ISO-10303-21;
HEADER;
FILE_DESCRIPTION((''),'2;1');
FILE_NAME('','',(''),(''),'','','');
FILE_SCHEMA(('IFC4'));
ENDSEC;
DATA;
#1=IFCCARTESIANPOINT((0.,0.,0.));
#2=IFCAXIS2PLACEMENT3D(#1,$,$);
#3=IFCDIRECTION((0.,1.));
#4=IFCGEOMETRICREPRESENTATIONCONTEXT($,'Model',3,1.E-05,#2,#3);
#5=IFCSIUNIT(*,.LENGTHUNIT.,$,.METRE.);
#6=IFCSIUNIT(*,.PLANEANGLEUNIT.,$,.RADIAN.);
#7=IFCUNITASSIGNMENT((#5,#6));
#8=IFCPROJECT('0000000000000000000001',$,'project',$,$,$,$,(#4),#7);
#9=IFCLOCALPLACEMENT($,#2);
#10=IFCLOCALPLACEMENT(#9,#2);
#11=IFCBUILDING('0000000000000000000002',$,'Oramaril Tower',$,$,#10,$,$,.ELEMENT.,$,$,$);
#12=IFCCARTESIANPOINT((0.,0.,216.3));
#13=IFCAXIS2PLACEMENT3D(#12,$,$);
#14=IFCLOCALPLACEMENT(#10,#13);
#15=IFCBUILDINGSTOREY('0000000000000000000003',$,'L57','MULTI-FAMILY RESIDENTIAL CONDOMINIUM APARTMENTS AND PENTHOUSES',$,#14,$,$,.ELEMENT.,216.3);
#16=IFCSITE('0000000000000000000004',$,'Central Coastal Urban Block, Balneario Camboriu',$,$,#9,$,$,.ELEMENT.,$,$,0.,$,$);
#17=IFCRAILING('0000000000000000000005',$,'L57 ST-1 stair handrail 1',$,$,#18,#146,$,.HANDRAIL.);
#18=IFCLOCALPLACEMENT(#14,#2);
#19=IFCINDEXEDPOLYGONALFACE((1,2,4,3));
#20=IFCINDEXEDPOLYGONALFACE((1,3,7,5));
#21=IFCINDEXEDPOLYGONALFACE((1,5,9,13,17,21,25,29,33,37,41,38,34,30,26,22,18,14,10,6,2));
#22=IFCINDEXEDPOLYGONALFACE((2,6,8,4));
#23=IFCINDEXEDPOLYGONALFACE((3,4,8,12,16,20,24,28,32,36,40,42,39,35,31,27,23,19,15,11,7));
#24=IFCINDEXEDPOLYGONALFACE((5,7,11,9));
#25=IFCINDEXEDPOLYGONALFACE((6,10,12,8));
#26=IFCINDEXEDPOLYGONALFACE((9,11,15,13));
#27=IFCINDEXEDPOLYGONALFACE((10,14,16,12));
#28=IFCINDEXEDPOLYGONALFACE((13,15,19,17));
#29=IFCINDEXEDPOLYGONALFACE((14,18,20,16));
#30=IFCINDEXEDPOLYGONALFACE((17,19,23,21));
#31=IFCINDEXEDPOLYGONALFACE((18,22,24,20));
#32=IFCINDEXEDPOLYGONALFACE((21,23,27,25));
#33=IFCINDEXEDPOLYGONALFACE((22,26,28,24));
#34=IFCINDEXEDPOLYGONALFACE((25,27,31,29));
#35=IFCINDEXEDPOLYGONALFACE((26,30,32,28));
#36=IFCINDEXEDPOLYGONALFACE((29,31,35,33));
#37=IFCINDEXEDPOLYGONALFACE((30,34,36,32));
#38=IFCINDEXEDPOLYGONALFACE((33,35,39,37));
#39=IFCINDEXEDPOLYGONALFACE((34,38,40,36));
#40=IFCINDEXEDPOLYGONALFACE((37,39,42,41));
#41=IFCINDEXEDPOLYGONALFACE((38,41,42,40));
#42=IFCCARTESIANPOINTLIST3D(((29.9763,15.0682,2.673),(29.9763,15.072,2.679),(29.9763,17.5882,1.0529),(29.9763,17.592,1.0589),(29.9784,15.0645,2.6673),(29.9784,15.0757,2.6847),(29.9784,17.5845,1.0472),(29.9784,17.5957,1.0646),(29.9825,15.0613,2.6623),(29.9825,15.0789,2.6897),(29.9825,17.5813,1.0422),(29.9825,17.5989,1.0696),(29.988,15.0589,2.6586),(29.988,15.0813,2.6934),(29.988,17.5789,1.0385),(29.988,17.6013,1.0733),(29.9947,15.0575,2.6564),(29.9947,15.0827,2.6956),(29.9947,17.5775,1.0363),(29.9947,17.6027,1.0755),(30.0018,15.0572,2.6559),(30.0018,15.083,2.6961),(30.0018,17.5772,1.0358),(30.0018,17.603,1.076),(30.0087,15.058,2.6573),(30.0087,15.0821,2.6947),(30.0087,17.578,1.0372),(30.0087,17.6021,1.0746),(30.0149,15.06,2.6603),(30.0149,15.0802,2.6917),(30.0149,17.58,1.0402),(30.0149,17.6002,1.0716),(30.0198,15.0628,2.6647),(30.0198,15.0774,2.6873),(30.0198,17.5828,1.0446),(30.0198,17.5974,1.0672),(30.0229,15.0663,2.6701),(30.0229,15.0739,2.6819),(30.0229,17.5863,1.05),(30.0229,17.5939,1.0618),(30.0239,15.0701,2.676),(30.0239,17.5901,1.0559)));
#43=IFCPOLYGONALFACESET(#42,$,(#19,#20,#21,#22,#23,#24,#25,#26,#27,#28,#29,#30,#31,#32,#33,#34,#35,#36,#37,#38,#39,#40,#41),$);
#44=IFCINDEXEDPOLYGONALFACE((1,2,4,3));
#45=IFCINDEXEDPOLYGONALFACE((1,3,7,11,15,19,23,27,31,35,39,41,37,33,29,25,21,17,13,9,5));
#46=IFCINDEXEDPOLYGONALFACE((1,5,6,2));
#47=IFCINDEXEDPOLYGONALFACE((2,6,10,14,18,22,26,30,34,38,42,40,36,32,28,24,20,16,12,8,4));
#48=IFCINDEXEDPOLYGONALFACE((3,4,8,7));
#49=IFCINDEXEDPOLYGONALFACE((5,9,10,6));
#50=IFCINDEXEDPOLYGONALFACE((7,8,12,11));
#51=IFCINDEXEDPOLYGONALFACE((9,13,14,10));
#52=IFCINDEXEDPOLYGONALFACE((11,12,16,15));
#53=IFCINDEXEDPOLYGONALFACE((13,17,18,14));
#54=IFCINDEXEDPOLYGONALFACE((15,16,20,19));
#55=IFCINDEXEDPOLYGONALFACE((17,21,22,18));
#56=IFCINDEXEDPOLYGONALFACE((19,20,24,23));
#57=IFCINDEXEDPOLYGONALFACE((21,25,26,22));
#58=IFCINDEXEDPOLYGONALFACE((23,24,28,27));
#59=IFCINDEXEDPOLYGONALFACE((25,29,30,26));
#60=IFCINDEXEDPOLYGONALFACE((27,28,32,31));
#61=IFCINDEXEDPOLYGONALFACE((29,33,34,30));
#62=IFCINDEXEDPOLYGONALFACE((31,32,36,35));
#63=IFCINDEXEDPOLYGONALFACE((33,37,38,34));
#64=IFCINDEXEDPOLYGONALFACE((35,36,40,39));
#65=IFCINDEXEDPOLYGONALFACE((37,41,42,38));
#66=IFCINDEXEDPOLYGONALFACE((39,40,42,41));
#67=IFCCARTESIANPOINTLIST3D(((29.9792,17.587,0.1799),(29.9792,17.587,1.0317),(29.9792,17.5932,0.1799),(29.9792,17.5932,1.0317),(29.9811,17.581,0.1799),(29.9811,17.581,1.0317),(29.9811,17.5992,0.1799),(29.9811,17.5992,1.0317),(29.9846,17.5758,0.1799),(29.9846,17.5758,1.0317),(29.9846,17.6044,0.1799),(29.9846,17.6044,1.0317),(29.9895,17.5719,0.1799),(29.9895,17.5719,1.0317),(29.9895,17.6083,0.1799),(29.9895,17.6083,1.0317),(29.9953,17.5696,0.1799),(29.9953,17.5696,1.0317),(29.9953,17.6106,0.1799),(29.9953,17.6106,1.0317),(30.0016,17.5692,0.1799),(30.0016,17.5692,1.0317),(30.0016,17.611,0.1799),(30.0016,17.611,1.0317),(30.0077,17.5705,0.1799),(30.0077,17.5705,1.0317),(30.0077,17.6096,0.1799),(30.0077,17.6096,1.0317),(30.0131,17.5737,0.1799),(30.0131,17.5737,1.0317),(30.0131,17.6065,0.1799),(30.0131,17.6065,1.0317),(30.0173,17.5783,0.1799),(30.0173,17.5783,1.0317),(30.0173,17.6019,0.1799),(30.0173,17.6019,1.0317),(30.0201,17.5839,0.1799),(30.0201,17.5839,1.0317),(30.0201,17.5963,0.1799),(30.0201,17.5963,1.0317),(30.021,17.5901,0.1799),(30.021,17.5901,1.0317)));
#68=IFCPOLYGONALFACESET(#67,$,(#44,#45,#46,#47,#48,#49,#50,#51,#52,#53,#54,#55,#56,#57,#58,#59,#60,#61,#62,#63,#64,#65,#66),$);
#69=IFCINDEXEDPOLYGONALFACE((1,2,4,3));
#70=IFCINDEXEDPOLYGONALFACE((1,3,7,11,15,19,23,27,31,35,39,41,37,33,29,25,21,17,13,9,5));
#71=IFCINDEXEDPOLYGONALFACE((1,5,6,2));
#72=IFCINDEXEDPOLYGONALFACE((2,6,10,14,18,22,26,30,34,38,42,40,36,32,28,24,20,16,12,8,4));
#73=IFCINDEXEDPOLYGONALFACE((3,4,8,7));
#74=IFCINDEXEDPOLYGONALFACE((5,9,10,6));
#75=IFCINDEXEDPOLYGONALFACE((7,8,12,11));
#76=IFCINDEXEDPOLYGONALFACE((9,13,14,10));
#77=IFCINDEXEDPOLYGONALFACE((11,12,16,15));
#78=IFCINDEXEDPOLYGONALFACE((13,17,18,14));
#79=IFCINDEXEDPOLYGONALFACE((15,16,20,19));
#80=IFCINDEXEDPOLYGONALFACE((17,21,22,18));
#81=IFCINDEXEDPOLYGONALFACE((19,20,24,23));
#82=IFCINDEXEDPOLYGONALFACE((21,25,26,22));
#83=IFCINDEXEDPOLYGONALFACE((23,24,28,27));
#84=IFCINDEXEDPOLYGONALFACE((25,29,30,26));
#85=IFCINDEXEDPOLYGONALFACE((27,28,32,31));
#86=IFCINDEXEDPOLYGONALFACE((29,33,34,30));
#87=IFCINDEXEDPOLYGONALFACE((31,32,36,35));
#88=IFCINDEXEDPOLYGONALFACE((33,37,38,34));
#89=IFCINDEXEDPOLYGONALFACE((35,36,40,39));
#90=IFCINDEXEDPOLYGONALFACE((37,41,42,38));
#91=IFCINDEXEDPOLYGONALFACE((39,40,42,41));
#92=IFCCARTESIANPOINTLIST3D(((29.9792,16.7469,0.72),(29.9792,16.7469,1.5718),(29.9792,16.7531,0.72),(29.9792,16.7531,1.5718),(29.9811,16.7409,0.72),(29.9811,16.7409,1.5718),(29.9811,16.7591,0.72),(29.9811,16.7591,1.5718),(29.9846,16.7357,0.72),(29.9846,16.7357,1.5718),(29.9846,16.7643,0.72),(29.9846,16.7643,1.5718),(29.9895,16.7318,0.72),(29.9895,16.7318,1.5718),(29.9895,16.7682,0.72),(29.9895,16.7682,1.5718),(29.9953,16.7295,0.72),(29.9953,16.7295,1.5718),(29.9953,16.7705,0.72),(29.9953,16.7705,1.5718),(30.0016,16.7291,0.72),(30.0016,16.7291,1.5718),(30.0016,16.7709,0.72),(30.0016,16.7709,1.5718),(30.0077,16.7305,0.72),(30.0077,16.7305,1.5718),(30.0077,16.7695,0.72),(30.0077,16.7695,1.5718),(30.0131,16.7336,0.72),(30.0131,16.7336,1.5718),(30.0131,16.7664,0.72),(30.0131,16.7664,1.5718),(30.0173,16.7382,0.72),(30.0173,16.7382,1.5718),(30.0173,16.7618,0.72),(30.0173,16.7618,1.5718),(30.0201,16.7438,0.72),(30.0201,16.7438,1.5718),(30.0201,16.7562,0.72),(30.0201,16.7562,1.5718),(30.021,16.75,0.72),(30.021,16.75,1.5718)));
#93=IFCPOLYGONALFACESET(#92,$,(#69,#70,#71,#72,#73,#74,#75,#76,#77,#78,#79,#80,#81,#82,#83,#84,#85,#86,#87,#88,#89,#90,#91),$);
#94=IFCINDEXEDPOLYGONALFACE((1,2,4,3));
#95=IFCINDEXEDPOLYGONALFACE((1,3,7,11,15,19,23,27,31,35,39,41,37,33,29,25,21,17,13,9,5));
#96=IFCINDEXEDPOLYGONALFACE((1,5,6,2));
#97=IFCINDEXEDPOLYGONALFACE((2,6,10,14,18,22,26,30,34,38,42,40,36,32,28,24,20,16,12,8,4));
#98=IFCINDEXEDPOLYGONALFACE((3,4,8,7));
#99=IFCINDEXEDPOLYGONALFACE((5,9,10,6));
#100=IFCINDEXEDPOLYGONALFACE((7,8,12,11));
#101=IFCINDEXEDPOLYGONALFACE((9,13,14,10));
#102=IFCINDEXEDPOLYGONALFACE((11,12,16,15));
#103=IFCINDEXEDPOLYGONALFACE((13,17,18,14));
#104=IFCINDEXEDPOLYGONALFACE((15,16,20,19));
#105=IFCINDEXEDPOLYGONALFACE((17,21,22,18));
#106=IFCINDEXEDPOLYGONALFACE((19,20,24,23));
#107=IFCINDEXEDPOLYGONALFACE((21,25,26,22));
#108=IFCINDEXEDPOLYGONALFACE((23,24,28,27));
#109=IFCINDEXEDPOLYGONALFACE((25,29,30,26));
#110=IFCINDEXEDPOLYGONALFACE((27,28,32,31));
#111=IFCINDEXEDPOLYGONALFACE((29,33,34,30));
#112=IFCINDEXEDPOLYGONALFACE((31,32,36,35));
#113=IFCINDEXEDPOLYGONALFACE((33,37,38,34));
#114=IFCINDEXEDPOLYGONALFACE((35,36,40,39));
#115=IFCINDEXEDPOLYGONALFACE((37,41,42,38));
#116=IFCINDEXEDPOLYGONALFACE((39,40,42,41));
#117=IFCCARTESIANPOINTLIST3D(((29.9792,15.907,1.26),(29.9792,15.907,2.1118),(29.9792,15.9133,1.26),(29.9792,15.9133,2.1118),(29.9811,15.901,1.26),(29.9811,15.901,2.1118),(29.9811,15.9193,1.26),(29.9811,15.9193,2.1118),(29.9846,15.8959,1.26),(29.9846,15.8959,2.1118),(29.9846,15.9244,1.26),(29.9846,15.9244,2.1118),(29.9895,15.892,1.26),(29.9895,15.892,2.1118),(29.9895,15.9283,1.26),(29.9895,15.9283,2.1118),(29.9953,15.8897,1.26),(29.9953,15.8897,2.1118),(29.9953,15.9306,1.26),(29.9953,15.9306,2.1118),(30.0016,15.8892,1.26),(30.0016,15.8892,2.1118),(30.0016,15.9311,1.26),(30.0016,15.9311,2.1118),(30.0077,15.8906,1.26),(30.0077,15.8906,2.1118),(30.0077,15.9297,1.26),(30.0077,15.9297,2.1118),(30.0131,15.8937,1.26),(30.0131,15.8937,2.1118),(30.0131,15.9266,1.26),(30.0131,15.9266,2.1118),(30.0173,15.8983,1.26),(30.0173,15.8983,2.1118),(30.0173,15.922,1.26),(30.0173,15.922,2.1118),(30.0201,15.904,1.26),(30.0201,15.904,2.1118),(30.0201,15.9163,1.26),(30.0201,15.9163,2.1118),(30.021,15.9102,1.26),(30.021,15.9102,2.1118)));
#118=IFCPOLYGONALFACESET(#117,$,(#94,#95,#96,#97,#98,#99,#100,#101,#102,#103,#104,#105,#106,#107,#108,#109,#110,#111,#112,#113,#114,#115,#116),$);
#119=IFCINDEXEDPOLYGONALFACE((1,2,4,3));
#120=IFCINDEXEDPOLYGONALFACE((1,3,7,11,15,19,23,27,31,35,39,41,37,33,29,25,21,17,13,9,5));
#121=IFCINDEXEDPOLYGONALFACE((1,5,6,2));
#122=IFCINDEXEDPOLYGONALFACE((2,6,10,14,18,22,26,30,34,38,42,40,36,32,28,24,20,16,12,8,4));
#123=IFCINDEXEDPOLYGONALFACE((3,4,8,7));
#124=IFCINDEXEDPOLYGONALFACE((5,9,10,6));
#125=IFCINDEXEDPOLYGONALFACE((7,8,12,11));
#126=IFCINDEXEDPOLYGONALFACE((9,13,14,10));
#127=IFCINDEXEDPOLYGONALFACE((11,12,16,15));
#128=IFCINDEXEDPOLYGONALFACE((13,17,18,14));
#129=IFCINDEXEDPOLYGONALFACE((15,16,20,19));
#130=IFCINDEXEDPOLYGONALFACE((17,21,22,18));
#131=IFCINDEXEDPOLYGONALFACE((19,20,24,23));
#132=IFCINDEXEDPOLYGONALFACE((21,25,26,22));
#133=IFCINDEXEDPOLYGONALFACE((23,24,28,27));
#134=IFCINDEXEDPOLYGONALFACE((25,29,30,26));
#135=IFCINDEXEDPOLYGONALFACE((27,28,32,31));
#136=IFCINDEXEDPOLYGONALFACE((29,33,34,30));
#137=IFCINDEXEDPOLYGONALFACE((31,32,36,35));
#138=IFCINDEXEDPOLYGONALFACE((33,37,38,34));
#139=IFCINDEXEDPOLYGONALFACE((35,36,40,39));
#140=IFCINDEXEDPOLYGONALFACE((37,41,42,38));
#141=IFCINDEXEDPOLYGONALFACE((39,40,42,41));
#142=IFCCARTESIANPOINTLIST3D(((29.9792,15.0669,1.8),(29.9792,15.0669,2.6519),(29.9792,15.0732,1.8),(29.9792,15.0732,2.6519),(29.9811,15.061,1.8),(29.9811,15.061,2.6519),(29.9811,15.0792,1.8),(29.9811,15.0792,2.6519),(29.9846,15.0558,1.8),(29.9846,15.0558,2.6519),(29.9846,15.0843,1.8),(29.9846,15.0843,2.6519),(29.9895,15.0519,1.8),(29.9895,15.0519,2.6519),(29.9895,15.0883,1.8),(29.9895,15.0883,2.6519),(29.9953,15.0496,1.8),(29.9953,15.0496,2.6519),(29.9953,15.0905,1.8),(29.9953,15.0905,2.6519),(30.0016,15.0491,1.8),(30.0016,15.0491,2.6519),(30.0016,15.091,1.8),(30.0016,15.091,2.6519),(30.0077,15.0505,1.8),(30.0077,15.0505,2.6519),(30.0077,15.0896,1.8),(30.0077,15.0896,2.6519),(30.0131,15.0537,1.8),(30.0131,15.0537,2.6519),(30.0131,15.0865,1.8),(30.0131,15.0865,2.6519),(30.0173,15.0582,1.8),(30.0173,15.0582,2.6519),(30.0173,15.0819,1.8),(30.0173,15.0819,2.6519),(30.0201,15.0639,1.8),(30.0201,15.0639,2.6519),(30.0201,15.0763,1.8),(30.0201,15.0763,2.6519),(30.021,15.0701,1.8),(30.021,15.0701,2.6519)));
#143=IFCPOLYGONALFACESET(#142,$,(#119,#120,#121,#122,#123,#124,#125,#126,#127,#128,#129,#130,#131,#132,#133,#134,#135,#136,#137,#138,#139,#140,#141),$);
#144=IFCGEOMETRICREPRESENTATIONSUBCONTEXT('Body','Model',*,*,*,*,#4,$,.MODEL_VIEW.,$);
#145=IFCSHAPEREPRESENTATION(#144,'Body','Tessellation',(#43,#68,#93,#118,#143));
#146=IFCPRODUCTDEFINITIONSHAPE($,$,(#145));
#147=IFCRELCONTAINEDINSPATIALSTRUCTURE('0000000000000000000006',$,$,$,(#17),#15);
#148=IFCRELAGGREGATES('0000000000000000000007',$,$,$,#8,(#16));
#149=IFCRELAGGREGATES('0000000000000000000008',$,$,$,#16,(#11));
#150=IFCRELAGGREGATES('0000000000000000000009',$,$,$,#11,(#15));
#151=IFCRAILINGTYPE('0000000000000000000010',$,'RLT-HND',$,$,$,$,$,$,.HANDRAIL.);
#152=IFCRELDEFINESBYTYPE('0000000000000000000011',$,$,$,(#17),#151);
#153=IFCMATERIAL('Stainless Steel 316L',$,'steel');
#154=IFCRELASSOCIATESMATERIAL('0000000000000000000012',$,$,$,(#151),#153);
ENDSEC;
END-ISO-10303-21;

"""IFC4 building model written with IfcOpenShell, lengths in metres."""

from ifc_helpers import new_model, si_unit, direction, frame, origin, origin_2d, place, context, subcontext, project, spatial, circle, extrude, material, type_object, element, save


model = new_model("IFC4")

# Units and contexts
model_context = context("Model", 3, precision=1e-05, world=origin(), true_north=direction((0.0, 1.0)))
body_context = subcontext(model_context, "Body", "Model", "MODEL_VIEW")
ifc_project = project(units=[si_unit("LENGTHUNIT", "METRE"), si_unit("PLANEANGLEUNIT", "RADIAN")], contexts=[model_context])

# Site, building, storey
site_placement = place(None, origin())
site = spatial("IfcSite", under=ifc_project, at=site_placement, Name="Central Coastal Urban Block, Balneario Camboriu", CompositionType="ELEMENT", RefElevation=0.0)
building_placement = place(site_placement, origin())
building = spatial("IfcBuilding", under=site, at=building_placement, Name="Oramaril Tower", CompositionType="ELEMENT")
storey_placement = place(building_placement, frame((0.0, 0.0, 216.3)))
storey = spatial("IfcBuildingStorey", under=building, at=storey_placement, Name="L57", Description="MULTI-FAMILY RESIDENTIAL CONDOMINIUM APARTMENTS AND PENTHOUSES", CompositionType="ELEMENT", Elevation=216.3)

# Railing
ifc_material_1 = material(Name="Stainless Steel 316L", Category="steel")
railing_type_1 = type_object("IfcRailingType", Name="RLT-HND", PredefinedType="HANDRAIL", material=ifc_material_1)
railing_1_placement = place(storey_placement, frame((30.0, 17.5901, 0.1799)))
element("IfcRailing", 1, at=railing_1_placement, inside=storey, type_object=railing_type_1, Name="L57 ST-1 stair handrail 1", PredefinedType="HANDRAIL", context=body_context, shape_type="SweptSolid", body=[
    extrude(circle(Radius=0.0239, at=origin_2d()), frame((0.0, 0.0, 0.876), z_axis=(0.0, -0.841163, 0.540782), x_axis=(1.0, 0.0, 0.0)), (0.0, 0.0, 1.0), 2.9958),
    extrude(circle(Radius=0.021, at=origin_2d()), origin(), (0.0, 0.0, 1.0), 0.8518),
    extrude(circle(Radius=0.021, at=origin_2d()), frame((0.0, -0.8401, 0.54)), (0.0, 0.0, 1.0), 0.8518),
    extrude(circle(Radius=0.021, at=origin_2d()), frame((0.0, -1.6799, 1.0801)), (0.0, 0.0, 1.0), 0.8518),
    extrude(circle(Radius=0.021, at=origin_2d()), frame((0.0, -2.52, 1.6201)), (0.0, 0.0, 1.0), 0.8518),
])

save(model, "model.ifc")
